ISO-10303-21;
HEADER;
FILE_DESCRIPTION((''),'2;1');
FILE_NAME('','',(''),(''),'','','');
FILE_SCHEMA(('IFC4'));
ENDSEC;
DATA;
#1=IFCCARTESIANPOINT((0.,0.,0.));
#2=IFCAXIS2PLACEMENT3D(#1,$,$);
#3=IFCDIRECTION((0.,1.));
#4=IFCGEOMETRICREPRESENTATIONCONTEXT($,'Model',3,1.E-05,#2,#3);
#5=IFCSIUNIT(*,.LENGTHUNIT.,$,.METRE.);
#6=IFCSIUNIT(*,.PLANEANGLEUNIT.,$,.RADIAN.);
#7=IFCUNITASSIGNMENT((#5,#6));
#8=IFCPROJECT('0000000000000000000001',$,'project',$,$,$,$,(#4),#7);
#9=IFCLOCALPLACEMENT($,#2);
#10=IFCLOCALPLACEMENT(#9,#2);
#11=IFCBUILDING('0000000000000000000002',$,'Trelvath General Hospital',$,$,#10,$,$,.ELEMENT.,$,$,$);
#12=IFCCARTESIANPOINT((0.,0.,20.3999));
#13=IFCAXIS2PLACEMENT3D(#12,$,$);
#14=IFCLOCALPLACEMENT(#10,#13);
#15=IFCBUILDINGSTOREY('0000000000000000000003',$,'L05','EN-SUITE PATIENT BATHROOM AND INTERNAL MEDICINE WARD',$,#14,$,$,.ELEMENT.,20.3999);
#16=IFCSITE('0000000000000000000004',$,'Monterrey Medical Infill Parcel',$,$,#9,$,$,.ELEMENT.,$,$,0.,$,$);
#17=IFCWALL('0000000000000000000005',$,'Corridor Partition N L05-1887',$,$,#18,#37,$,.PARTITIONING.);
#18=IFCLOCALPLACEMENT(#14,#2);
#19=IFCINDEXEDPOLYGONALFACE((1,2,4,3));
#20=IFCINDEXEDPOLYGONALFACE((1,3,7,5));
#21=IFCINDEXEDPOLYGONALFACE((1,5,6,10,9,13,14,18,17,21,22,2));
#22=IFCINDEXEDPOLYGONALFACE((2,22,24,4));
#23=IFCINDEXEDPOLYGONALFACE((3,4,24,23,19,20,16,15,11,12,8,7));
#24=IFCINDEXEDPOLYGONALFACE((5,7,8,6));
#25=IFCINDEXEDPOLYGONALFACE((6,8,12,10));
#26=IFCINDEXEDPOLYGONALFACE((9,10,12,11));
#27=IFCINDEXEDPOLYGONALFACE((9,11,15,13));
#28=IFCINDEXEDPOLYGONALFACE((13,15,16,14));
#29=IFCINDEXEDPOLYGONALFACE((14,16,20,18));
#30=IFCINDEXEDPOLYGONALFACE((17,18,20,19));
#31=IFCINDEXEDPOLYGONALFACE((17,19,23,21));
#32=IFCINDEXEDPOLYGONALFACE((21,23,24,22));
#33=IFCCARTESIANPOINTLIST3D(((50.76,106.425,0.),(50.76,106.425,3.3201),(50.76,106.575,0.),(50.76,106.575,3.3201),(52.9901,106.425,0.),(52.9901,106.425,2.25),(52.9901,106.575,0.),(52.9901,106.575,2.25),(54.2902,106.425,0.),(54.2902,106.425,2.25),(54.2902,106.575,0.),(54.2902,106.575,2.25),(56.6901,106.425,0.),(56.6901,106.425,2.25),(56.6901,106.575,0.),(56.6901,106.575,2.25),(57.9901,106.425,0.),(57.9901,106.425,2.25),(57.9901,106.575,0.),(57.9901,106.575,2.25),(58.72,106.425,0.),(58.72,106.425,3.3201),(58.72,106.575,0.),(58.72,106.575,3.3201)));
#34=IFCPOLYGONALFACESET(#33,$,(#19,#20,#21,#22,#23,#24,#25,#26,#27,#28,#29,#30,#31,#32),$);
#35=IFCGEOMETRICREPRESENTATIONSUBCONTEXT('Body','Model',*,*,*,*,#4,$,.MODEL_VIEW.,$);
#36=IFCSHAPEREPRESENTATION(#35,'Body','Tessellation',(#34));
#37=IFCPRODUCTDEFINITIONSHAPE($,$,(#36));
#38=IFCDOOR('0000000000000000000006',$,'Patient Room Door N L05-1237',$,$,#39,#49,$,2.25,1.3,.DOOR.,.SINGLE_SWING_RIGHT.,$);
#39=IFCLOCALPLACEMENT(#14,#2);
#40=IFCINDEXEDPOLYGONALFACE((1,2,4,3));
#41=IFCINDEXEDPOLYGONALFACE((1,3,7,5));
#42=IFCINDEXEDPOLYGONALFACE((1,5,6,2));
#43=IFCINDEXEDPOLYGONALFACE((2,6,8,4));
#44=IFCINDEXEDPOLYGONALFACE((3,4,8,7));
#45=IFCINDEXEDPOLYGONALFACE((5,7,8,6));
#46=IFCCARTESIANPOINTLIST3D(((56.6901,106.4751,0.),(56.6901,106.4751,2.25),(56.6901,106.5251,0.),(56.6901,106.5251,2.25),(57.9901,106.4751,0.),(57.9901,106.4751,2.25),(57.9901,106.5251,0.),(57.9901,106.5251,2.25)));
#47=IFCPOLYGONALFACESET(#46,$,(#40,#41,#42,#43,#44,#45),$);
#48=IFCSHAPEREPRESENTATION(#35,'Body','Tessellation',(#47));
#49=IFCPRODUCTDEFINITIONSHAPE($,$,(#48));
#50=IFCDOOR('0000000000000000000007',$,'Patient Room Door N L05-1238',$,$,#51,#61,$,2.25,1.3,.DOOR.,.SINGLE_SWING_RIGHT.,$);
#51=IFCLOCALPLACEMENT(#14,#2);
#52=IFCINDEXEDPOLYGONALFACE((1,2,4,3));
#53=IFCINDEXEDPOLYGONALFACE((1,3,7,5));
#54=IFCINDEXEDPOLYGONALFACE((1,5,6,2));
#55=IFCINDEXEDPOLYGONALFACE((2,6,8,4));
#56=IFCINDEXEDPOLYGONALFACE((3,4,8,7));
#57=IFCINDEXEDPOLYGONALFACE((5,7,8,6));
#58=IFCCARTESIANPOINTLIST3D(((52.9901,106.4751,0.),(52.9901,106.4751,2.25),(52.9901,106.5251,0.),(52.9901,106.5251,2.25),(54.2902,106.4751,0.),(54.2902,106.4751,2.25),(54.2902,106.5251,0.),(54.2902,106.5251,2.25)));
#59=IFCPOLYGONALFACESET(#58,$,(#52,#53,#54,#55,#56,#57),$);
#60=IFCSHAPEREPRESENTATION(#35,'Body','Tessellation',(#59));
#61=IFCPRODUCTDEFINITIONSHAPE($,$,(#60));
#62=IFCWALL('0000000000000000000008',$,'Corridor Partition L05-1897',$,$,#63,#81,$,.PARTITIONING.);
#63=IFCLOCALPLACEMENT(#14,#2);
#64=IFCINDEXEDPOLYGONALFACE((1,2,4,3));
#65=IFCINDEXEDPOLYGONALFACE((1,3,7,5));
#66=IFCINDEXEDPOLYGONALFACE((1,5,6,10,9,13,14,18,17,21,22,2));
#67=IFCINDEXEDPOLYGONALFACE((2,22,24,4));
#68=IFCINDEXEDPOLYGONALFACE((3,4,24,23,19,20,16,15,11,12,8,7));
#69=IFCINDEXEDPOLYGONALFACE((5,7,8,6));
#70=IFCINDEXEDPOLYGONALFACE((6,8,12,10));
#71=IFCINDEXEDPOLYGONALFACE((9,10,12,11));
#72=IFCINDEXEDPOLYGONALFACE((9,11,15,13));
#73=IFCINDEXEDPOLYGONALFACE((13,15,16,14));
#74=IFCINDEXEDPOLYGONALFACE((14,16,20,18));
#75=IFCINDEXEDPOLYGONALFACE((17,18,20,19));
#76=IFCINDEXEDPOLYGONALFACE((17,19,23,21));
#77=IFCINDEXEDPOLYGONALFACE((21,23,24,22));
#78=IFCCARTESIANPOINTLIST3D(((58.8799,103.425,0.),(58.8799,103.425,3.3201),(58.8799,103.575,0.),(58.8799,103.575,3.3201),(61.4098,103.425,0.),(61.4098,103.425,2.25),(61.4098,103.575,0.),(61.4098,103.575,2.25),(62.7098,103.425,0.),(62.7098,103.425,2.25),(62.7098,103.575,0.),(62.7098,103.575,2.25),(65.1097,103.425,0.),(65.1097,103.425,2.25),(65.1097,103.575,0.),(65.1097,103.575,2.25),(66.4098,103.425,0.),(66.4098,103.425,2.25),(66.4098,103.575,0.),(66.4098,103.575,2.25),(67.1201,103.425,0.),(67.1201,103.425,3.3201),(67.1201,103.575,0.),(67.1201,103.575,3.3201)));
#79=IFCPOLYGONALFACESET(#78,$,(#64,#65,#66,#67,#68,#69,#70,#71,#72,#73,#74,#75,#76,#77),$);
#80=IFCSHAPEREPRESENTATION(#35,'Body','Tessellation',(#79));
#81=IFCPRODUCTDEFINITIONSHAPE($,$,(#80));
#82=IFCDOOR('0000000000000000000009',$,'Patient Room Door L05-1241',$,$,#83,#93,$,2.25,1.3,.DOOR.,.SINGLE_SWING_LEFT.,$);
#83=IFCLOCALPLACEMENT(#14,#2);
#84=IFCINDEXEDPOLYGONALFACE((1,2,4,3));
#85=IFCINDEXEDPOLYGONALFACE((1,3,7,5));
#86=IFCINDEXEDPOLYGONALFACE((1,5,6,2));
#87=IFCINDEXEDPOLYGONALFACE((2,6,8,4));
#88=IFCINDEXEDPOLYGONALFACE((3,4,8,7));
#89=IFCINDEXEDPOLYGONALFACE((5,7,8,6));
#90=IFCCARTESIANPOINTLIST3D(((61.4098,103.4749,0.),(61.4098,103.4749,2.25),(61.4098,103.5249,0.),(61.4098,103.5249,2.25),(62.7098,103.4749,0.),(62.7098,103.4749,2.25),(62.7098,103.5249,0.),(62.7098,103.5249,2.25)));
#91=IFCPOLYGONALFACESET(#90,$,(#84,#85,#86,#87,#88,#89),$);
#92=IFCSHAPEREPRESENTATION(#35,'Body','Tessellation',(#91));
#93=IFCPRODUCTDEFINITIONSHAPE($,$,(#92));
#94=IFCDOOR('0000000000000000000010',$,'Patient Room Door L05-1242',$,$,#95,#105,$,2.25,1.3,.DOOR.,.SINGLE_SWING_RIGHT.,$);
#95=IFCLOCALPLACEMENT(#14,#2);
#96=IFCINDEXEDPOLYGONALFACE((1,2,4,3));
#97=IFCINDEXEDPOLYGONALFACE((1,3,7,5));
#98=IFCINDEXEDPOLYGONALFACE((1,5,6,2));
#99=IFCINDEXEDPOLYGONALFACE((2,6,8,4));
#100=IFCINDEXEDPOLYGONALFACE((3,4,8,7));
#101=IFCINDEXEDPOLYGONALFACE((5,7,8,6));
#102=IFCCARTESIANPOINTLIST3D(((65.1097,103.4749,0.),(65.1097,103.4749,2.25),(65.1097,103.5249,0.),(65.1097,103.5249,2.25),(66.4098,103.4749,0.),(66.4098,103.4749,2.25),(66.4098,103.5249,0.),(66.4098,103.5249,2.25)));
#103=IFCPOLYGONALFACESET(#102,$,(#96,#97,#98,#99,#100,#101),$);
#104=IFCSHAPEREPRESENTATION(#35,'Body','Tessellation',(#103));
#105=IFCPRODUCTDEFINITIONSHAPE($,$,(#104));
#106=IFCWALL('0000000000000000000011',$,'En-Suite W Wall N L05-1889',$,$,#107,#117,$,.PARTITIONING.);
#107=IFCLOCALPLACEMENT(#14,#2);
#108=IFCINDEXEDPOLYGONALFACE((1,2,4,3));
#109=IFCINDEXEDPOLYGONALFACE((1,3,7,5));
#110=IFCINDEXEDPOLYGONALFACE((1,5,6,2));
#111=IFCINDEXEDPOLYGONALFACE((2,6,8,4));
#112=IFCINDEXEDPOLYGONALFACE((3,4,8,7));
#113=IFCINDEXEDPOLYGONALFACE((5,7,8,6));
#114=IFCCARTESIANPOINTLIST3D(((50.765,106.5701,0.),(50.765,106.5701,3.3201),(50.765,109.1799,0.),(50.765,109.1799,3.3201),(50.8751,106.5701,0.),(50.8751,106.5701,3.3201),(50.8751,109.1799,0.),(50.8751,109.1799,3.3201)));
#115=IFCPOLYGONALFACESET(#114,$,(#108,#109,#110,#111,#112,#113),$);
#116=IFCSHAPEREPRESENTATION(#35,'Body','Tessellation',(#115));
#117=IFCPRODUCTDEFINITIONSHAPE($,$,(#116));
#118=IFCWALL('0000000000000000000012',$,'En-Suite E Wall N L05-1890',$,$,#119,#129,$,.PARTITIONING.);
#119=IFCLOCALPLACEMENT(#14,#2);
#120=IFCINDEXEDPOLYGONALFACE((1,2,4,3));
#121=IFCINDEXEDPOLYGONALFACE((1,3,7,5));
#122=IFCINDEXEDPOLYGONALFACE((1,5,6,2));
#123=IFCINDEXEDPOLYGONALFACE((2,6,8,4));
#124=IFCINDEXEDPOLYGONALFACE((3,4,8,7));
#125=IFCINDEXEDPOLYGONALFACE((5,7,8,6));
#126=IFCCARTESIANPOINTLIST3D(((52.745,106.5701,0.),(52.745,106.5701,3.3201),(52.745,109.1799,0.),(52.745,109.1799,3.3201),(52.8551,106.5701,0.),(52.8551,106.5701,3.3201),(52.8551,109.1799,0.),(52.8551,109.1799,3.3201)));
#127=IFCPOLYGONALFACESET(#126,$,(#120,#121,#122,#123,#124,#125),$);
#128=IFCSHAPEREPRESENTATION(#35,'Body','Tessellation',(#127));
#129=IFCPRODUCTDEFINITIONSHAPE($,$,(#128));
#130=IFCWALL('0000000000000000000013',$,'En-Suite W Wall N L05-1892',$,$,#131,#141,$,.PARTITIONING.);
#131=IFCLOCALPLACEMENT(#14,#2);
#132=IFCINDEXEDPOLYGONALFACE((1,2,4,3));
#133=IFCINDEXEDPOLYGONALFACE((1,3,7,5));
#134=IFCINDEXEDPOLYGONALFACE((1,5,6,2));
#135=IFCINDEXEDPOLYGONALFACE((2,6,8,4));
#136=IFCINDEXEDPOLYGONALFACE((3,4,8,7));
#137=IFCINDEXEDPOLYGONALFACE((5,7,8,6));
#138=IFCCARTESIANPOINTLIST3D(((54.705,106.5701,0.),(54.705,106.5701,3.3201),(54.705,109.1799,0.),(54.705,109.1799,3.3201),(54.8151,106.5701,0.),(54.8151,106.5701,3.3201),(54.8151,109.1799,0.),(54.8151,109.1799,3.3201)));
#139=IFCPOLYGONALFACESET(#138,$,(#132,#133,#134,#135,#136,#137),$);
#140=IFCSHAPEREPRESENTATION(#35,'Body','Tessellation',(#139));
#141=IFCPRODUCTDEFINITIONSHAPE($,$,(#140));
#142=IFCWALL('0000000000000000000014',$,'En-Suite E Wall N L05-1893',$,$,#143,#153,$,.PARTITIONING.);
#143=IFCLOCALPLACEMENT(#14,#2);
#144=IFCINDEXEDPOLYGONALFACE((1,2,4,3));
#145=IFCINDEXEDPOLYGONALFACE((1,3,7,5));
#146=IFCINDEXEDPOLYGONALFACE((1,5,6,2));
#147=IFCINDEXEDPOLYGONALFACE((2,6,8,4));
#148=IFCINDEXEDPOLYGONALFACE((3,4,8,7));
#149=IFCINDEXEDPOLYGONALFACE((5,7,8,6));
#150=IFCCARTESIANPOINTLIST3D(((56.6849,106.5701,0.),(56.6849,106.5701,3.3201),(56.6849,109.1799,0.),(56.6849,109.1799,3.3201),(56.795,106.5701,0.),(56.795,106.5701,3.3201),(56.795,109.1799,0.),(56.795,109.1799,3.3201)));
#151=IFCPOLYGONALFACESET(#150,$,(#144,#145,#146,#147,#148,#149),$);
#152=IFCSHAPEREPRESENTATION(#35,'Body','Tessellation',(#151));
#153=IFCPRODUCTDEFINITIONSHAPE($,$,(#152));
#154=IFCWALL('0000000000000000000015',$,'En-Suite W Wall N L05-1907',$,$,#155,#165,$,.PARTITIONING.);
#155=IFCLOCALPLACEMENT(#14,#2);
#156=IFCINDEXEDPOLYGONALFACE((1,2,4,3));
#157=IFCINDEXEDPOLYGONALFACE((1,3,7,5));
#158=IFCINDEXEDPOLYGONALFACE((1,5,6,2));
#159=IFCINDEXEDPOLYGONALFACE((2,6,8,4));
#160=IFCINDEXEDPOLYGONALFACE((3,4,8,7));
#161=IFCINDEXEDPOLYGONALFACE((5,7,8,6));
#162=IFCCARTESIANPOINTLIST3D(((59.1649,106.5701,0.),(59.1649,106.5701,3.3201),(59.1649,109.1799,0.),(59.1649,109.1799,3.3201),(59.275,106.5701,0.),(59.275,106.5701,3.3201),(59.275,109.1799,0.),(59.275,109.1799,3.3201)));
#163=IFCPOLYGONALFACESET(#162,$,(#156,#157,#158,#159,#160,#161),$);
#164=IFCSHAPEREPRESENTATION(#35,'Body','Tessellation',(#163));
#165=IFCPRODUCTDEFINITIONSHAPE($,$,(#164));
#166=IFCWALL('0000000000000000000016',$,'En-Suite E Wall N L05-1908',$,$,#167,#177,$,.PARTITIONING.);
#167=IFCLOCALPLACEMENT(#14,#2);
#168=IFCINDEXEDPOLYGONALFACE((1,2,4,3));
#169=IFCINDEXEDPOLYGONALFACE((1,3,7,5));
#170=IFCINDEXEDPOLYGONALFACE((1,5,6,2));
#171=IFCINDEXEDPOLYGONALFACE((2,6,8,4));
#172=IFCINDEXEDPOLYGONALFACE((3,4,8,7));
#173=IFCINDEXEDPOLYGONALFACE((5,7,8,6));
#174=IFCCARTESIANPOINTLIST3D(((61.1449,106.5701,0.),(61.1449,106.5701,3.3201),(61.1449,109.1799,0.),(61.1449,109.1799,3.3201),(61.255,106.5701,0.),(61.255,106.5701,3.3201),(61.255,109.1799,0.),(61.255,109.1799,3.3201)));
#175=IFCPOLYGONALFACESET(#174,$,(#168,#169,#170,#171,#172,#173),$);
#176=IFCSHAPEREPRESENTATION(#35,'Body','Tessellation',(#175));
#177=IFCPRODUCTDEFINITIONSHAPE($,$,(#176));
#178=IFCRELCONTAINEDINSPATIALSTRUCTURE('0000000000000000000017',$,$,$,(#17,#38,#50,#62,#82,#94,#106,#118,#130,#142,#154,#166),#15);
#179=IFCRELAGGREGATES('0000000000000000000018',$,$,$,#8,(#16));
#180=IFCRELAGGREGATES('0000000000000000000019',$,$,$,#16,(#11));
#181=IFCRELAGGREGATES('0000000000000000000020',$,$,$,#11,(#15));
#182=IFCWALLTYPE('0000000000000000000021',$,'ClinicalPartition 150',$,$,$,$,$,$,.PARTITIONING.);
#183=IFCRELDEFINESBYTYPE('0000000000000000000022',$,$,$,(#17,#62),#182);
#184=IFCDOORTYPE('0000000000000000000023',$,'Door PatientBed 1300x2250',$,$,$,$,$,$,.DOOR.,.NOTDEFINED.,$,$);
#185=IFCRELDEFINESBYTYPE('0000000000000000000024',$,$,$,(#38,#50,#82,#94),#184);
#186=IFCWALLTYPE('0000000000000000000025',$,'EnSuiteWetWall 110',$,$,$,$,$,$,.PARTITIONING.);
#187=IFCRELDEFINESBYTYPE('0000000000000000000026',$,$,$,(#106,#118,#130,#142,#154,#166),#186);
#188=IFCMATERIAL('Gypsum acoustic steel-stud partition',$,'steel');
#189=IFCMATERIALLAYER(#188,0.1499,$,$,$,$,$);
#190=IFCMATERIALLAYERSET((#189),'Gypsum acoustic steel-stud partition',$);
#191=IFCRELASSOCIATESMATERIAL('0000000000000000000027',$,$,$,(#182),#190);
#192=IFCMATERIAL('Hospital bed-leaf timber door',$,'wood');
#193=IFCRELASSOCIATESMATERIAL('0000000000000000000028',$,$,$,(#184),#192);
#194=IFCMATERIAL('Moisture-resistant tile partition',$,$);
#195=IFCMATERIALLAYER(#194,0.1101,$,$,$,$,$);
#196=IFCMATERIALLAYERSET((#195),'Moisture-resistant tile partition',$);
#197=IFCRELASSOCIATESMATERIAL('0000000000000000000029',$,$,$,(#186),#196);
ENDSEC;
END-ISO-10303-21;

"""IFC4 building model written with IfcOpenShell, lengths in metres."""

from ifc_helpers import new_model, si_unit, direction, frame, frame_2d, origin, place, context, subcontext, project, spatial, rectangle, extrude, material, layer, layer_set, type_object, element, fill, save


model = new_model("IFC4")

# Units and contexts
model_context = context("Model", 3, precision=1e-05, world=origin(), true_north=direction((0.0, 1.0)))
body_context = subcontext(model_context, "Body", "Model", "MODEL_VIEW")
ifc_project = project(units=[si_unit("LENGTHUNIT", "METRE"), si_unit("PLANEANGLEUNIT", "RADIAN")], contexts=[model_context])

# Site, building, storey
site_placement = place(None, origin())
site = spatial("IfcSite", under=ifc_project, at=site_placement, Name="Monterrey Medical Infill Parcel", CompositionType="ELEMENT", RefElevation=0.0)
building_placement = place(site_placement, origin())
building = spatial("IfcBuilding", under=site, at=building_placement, Name="Trelvath General Hospital", CompositionType="ELEMENT")
storey_placement = place(building_placement, frame((0.0, 0.0, 20.3999)))
storey = spatial("IfcBuildingStorey", under=building, at=storey_placement, Name="L05", Description="EN-SUITE PATIENT BATHROOM AND INTERNAL MEDICINE WARD", CompositionType="ELEMENT", Elevation=20.3999)

# Walls, openings, doors
ifc_material_1 = material(Name="Gypsum acoustic steel-stud partition", Category="steel")
ifc_layer_1 = layer(ifc_material_1, 0.1499)
ifc_layer_set_1 = layer_set([ifc_layer_1], Name="Gypsum acoustic steel-stud partition")
wall_type_1 = type_object("IfcWallType", Name="ClinicalPartition 150", PredefinedType="PARTITIONING", material=ifc_layer_set_1)
wall_1_placement = place(storey_placement, frame((58.72, 106.5, 0.0), z_axis=(0.0, 0.0, 1.0), x_axis=(-1.0, 0.0, 0.0)))
wall_1 = element("IfcWall", 1, at=wall_1_placement, inside=storey, type_object=wall_type_1, Name="Corridor Partition N L05-1887", PredefinedType="PARTITIONING", context=body_context, shape_type="SweptSolid", body=[
    extrude(rectangle(XDim=7.96, YDim=0.1499, at=frame_2d((3.98, 0.0))), origin(), (0.0, 0.0, 1.0), 3.3201),
])
opening_1_placement = place(wall_1_placement, frame((0.73, 0.0, 0.0)))
opening_1 = element("IfcOpeningElement", 2, at=opening_1_placement, cuts=wall_1, PredefinedType="OPENING", context=body_context, shape_type="SweptSolid", body=[
    extrude(rectangle(XDim=1.3, YDim=2.25, at=frame_2d((0.6499, 1.125))), frame((0.0, 0.085, 0.0), z_axis=(0.0, -1.0, 0.0), x_axis=(1.0, 0.0, 0.0)), (0.0, 0.0, 1.0), 0.1699),
])
opening_2_placement = place(wall_1_placement, frame((4.4299, 0.0, 0.0)))
opening_2 = element("IfcOpeningElement", 3, at=opening_2_placement, cuts=wall_1, PredefinedType="OPENING", context=body_context, shape_type="SweptSolid", body=[
    extrude(rectangle(XDim=1.3, YDim=2.25, at=frame_2d((0.6499, 1.125))), frame((0.0, 0.085, 0.0), z_axis=(0.0, -1.0, 0.0), x_axis=(1.0, 0.0, 0.0)), (0.0, 0.0, 1.0), 0.1699),
])
ifc_material_2 = material(Name="Hospital bed-leaf timber door", Category="wood")
door_type_1 = type_object("IfcDoorType", Name="Door PatientBed 1300x2250", OperationType="NOTDEFINED", PredefinedType="DOOR", material=ifc_material_2)
door_1_placement = place(opening_1_placement, origin())
door_1 = element("IfcDoor", 4, at=door_1_placement, inside=storey, type_object=door_type_1, Name="Patient Room Door N L05-1237", OperationType="SINGLE_SWING_RIGHT", OverallHeight=2.25, OverallWidth=1.3, PredefinedType="DOOR", context=body_context, shape_type="SweptSolid", body=[
    extrude(rectangle(XDim=1.3, YDim=2.25, at=frame_2d((0.6499, 1.125))), frame((0.0, 0.0249, 0.0), z_axis=(0.0, -1.0, 0.0), x_axis=(1.0, 0.0, 0.0)), (0.0, 0.0, 1.0), 0.05),
])
fill(opening_1, door_1)
door_2_placement = place(opening_2_placement, origin())
door_2 = element("IfcDoor", 5, at=door_2_placement, inside=storey, type_object=door_type_1, Name="Patient Room Door N L05-1238", OperationType="SINGLE_SWING_RIGHT", OverallHeight=2.25, OverallWidth=1.3, PredefinedType="DOOR", context=body_context, shape_type="SweptSolid", body=[
    extrude(rectangle(XDim=1.3, YDim=2.25, at=frame_2d((0.6499, 1.125))), frame((0.0, 0.0249, 0.0), z_axis=(0.0, -1.0, 0.0), x_axis=(1.0, 0.0, 0.0)), (0.0, 0.0, 1.0), 0.05),
])
fill(opening_2, door_2)
wall_2_placement = place(storey_placement, frame((58.8799, 103.5, 0.0), z_axis=(0.0, 0.0, 1.0), x_axis=(1.0, 0.0, 0.0)))
wall_2 = element("IfcWall", 6, at=wall_2_placement, inside=storey, type_object=wall_type_1, Name="Corridor Partition L05-1897", PredefinedType="PARTITIONING", context=body_context, shape_type="SweptSolid", body=[
    extrude(rectangle(XDim=8.2402, YDim=0.1499, at=frame_2d((4.1201, 0.0))), origin(), (0.0, 0.0, 1.0), 3.3201),
])
opening_3_placement = place(wall_2_placement, frame((2.53, 0.0, 0.0)))
opening_3 = element("IfcOpeningElement", 7, at=opening_3_placement, cuts=wall_2, PredefinedType="OPENING", context=body_context, shape_type="SweptSolid", body=[
    extrude(rectangle(XDim=1.3, YDim=2.25, at=frame_2d((0.6499, 1.125))), frame((0.0, 0.085, 0.0), z_axis=(0.0, -1.0, 0.0), x_axis=(1.0, 0.0, 0.0)), (0.0, 0.0, 1.0), 0.1699),
])
opening_4_placement = place(wall_2_placement, frame((6.23, 0.0, 0.0)))
opening_4 = element("IfcOpeningElement", 8, at=opening_4_placement, cuts=wall_2, PredefinedType="OPENING", context=body_context, shape_type="SweptSolid", body=[
    extrude(rectangle(XDim=1.3, YDim=2.25, at=frame_2d((0.6499, 1.125))), frame((0.0, 0.085, 0.0), z_axis=(0.0, -1.0, 0.0), x_axis=(1.0, 0.0, 0.0)), (0.0, 0.0, 1.0), 0.1699),
])
door_3_placement = place(opening_3_placement, origin())
door_3 = element("IfcDoor", 9, at=door_3_placement, inside=storey, type_object=door_type_1, Name="Patient Room Door L05-1241", OperationType="SINGLE_SWING_LEFT", OverallHeight=2.25, OverallWidth=1.3, PredefinedType="DOOR", context=body_context, shape_type="SweptSolid", body=[
    extrude(rectangle(XDim=1.3, YDim=2.25, at=frame_2d((0.6499, 1.125))), frame((0.0, 0.0249, 0.0), z_axis=(0.0, -1.0, 0.0), x_axis=(1.0, 0.0, 0.0)), (0.0, 0.0, 1.0), 0.05),
])
fill(opening_3, door_3)
door_4_placement = place(opening_4_placement, origin())
door_4 = element("IfcDoor", 10, at=door_4_placement, inside=storey, type_object=door_type_1, Name="Patient Room Door L05-1242", OperationType="SINGLE_SWING_RIGHT", OverallHeight=2.25, OverallWidth=1.3, PredefinedType="DOOR", context=body_context, shape_type="SweptSolid", body=[
    extrude(rectangle(XDim=1.3, YDim=2.25, at=frame_2d((0.6499, 1.125))), frame((0.0, 0.0249, 0.0), z_axis=(0.0, -1.0, 0.0), x_axis=(1.0, 0.0, 0.0)), (0.0, 0.0, 1.0), 0.05),
])
fill(opening_4, door_4)

# Walls
ifc_material_3 = material(Name="Moisture-resistant tile partition")
ifc_layer_2 = layer(ifc_material_3, 0.1101)
ifc_layer_set_2 = layer_set([ifc_layer_2], Name="Moisture-resistant tile partition")
wall_type_2 = type_object("IfcWallType", Name="EnSuiteWetWall 110", PredefinedType="PARTITIONING", material=ifc_layer_set_2)
for number, where, z_axis, x_axis, name in (
    (11, (50.8201, 106.5701, 0.0), (0.0, 0.0, 1.0), (0.0, 1.0, 0.0), "En-Suite W Wall N L05-1889"),
    (12, (52.8, 106.5701, 0.0), (0.0, 0.0, 1.0), (0.0, 1.0, 0.0), "En-Suite E Wall N L05-1890"),
    (13, (54.76, 106.5701, 0.0), (0.0, 0.0, 1.0), (0.0, 1.0, 0.0), "En-Suite W Wall N L05-1892"),
    (14, (56.74, 106.5701, 0.0), (0.0, 0.0, 1.0), (0.0, 1.0, 0.0), "En-Suite E Wall N L05-1893"),
    (15, (59.22, 106.5701, 0.0), (0.0, 0.0, 1.0), (0.0, 1.0, 0.0), "En-Suite W Wall N L05-1907"),
    (16, (61.2, 106.5701, 0.0), (0.0, 0.0, 1.0), (0.0, 1.0, 0.0), "En-Suite E Wall N L05-1908"),
):
    element("IfcWall", number, at=place(storey_placement, frame(where, z_axis=z_axis, x_axis=x_axis)), inside=storey, type_object=wall_type_2, Name=name, PredefinedType="PARTITIONING", context=body_context, shape_type="SweptSolid", body=[
        extrude(rectangle(XDim=2.6099, YDim=0.1101, at=frame_2d((1.3049, 0.0))), origin(), (0.0, 0.0, 1.0), 3.3201),
    ])

save(model, "model.ifc")
